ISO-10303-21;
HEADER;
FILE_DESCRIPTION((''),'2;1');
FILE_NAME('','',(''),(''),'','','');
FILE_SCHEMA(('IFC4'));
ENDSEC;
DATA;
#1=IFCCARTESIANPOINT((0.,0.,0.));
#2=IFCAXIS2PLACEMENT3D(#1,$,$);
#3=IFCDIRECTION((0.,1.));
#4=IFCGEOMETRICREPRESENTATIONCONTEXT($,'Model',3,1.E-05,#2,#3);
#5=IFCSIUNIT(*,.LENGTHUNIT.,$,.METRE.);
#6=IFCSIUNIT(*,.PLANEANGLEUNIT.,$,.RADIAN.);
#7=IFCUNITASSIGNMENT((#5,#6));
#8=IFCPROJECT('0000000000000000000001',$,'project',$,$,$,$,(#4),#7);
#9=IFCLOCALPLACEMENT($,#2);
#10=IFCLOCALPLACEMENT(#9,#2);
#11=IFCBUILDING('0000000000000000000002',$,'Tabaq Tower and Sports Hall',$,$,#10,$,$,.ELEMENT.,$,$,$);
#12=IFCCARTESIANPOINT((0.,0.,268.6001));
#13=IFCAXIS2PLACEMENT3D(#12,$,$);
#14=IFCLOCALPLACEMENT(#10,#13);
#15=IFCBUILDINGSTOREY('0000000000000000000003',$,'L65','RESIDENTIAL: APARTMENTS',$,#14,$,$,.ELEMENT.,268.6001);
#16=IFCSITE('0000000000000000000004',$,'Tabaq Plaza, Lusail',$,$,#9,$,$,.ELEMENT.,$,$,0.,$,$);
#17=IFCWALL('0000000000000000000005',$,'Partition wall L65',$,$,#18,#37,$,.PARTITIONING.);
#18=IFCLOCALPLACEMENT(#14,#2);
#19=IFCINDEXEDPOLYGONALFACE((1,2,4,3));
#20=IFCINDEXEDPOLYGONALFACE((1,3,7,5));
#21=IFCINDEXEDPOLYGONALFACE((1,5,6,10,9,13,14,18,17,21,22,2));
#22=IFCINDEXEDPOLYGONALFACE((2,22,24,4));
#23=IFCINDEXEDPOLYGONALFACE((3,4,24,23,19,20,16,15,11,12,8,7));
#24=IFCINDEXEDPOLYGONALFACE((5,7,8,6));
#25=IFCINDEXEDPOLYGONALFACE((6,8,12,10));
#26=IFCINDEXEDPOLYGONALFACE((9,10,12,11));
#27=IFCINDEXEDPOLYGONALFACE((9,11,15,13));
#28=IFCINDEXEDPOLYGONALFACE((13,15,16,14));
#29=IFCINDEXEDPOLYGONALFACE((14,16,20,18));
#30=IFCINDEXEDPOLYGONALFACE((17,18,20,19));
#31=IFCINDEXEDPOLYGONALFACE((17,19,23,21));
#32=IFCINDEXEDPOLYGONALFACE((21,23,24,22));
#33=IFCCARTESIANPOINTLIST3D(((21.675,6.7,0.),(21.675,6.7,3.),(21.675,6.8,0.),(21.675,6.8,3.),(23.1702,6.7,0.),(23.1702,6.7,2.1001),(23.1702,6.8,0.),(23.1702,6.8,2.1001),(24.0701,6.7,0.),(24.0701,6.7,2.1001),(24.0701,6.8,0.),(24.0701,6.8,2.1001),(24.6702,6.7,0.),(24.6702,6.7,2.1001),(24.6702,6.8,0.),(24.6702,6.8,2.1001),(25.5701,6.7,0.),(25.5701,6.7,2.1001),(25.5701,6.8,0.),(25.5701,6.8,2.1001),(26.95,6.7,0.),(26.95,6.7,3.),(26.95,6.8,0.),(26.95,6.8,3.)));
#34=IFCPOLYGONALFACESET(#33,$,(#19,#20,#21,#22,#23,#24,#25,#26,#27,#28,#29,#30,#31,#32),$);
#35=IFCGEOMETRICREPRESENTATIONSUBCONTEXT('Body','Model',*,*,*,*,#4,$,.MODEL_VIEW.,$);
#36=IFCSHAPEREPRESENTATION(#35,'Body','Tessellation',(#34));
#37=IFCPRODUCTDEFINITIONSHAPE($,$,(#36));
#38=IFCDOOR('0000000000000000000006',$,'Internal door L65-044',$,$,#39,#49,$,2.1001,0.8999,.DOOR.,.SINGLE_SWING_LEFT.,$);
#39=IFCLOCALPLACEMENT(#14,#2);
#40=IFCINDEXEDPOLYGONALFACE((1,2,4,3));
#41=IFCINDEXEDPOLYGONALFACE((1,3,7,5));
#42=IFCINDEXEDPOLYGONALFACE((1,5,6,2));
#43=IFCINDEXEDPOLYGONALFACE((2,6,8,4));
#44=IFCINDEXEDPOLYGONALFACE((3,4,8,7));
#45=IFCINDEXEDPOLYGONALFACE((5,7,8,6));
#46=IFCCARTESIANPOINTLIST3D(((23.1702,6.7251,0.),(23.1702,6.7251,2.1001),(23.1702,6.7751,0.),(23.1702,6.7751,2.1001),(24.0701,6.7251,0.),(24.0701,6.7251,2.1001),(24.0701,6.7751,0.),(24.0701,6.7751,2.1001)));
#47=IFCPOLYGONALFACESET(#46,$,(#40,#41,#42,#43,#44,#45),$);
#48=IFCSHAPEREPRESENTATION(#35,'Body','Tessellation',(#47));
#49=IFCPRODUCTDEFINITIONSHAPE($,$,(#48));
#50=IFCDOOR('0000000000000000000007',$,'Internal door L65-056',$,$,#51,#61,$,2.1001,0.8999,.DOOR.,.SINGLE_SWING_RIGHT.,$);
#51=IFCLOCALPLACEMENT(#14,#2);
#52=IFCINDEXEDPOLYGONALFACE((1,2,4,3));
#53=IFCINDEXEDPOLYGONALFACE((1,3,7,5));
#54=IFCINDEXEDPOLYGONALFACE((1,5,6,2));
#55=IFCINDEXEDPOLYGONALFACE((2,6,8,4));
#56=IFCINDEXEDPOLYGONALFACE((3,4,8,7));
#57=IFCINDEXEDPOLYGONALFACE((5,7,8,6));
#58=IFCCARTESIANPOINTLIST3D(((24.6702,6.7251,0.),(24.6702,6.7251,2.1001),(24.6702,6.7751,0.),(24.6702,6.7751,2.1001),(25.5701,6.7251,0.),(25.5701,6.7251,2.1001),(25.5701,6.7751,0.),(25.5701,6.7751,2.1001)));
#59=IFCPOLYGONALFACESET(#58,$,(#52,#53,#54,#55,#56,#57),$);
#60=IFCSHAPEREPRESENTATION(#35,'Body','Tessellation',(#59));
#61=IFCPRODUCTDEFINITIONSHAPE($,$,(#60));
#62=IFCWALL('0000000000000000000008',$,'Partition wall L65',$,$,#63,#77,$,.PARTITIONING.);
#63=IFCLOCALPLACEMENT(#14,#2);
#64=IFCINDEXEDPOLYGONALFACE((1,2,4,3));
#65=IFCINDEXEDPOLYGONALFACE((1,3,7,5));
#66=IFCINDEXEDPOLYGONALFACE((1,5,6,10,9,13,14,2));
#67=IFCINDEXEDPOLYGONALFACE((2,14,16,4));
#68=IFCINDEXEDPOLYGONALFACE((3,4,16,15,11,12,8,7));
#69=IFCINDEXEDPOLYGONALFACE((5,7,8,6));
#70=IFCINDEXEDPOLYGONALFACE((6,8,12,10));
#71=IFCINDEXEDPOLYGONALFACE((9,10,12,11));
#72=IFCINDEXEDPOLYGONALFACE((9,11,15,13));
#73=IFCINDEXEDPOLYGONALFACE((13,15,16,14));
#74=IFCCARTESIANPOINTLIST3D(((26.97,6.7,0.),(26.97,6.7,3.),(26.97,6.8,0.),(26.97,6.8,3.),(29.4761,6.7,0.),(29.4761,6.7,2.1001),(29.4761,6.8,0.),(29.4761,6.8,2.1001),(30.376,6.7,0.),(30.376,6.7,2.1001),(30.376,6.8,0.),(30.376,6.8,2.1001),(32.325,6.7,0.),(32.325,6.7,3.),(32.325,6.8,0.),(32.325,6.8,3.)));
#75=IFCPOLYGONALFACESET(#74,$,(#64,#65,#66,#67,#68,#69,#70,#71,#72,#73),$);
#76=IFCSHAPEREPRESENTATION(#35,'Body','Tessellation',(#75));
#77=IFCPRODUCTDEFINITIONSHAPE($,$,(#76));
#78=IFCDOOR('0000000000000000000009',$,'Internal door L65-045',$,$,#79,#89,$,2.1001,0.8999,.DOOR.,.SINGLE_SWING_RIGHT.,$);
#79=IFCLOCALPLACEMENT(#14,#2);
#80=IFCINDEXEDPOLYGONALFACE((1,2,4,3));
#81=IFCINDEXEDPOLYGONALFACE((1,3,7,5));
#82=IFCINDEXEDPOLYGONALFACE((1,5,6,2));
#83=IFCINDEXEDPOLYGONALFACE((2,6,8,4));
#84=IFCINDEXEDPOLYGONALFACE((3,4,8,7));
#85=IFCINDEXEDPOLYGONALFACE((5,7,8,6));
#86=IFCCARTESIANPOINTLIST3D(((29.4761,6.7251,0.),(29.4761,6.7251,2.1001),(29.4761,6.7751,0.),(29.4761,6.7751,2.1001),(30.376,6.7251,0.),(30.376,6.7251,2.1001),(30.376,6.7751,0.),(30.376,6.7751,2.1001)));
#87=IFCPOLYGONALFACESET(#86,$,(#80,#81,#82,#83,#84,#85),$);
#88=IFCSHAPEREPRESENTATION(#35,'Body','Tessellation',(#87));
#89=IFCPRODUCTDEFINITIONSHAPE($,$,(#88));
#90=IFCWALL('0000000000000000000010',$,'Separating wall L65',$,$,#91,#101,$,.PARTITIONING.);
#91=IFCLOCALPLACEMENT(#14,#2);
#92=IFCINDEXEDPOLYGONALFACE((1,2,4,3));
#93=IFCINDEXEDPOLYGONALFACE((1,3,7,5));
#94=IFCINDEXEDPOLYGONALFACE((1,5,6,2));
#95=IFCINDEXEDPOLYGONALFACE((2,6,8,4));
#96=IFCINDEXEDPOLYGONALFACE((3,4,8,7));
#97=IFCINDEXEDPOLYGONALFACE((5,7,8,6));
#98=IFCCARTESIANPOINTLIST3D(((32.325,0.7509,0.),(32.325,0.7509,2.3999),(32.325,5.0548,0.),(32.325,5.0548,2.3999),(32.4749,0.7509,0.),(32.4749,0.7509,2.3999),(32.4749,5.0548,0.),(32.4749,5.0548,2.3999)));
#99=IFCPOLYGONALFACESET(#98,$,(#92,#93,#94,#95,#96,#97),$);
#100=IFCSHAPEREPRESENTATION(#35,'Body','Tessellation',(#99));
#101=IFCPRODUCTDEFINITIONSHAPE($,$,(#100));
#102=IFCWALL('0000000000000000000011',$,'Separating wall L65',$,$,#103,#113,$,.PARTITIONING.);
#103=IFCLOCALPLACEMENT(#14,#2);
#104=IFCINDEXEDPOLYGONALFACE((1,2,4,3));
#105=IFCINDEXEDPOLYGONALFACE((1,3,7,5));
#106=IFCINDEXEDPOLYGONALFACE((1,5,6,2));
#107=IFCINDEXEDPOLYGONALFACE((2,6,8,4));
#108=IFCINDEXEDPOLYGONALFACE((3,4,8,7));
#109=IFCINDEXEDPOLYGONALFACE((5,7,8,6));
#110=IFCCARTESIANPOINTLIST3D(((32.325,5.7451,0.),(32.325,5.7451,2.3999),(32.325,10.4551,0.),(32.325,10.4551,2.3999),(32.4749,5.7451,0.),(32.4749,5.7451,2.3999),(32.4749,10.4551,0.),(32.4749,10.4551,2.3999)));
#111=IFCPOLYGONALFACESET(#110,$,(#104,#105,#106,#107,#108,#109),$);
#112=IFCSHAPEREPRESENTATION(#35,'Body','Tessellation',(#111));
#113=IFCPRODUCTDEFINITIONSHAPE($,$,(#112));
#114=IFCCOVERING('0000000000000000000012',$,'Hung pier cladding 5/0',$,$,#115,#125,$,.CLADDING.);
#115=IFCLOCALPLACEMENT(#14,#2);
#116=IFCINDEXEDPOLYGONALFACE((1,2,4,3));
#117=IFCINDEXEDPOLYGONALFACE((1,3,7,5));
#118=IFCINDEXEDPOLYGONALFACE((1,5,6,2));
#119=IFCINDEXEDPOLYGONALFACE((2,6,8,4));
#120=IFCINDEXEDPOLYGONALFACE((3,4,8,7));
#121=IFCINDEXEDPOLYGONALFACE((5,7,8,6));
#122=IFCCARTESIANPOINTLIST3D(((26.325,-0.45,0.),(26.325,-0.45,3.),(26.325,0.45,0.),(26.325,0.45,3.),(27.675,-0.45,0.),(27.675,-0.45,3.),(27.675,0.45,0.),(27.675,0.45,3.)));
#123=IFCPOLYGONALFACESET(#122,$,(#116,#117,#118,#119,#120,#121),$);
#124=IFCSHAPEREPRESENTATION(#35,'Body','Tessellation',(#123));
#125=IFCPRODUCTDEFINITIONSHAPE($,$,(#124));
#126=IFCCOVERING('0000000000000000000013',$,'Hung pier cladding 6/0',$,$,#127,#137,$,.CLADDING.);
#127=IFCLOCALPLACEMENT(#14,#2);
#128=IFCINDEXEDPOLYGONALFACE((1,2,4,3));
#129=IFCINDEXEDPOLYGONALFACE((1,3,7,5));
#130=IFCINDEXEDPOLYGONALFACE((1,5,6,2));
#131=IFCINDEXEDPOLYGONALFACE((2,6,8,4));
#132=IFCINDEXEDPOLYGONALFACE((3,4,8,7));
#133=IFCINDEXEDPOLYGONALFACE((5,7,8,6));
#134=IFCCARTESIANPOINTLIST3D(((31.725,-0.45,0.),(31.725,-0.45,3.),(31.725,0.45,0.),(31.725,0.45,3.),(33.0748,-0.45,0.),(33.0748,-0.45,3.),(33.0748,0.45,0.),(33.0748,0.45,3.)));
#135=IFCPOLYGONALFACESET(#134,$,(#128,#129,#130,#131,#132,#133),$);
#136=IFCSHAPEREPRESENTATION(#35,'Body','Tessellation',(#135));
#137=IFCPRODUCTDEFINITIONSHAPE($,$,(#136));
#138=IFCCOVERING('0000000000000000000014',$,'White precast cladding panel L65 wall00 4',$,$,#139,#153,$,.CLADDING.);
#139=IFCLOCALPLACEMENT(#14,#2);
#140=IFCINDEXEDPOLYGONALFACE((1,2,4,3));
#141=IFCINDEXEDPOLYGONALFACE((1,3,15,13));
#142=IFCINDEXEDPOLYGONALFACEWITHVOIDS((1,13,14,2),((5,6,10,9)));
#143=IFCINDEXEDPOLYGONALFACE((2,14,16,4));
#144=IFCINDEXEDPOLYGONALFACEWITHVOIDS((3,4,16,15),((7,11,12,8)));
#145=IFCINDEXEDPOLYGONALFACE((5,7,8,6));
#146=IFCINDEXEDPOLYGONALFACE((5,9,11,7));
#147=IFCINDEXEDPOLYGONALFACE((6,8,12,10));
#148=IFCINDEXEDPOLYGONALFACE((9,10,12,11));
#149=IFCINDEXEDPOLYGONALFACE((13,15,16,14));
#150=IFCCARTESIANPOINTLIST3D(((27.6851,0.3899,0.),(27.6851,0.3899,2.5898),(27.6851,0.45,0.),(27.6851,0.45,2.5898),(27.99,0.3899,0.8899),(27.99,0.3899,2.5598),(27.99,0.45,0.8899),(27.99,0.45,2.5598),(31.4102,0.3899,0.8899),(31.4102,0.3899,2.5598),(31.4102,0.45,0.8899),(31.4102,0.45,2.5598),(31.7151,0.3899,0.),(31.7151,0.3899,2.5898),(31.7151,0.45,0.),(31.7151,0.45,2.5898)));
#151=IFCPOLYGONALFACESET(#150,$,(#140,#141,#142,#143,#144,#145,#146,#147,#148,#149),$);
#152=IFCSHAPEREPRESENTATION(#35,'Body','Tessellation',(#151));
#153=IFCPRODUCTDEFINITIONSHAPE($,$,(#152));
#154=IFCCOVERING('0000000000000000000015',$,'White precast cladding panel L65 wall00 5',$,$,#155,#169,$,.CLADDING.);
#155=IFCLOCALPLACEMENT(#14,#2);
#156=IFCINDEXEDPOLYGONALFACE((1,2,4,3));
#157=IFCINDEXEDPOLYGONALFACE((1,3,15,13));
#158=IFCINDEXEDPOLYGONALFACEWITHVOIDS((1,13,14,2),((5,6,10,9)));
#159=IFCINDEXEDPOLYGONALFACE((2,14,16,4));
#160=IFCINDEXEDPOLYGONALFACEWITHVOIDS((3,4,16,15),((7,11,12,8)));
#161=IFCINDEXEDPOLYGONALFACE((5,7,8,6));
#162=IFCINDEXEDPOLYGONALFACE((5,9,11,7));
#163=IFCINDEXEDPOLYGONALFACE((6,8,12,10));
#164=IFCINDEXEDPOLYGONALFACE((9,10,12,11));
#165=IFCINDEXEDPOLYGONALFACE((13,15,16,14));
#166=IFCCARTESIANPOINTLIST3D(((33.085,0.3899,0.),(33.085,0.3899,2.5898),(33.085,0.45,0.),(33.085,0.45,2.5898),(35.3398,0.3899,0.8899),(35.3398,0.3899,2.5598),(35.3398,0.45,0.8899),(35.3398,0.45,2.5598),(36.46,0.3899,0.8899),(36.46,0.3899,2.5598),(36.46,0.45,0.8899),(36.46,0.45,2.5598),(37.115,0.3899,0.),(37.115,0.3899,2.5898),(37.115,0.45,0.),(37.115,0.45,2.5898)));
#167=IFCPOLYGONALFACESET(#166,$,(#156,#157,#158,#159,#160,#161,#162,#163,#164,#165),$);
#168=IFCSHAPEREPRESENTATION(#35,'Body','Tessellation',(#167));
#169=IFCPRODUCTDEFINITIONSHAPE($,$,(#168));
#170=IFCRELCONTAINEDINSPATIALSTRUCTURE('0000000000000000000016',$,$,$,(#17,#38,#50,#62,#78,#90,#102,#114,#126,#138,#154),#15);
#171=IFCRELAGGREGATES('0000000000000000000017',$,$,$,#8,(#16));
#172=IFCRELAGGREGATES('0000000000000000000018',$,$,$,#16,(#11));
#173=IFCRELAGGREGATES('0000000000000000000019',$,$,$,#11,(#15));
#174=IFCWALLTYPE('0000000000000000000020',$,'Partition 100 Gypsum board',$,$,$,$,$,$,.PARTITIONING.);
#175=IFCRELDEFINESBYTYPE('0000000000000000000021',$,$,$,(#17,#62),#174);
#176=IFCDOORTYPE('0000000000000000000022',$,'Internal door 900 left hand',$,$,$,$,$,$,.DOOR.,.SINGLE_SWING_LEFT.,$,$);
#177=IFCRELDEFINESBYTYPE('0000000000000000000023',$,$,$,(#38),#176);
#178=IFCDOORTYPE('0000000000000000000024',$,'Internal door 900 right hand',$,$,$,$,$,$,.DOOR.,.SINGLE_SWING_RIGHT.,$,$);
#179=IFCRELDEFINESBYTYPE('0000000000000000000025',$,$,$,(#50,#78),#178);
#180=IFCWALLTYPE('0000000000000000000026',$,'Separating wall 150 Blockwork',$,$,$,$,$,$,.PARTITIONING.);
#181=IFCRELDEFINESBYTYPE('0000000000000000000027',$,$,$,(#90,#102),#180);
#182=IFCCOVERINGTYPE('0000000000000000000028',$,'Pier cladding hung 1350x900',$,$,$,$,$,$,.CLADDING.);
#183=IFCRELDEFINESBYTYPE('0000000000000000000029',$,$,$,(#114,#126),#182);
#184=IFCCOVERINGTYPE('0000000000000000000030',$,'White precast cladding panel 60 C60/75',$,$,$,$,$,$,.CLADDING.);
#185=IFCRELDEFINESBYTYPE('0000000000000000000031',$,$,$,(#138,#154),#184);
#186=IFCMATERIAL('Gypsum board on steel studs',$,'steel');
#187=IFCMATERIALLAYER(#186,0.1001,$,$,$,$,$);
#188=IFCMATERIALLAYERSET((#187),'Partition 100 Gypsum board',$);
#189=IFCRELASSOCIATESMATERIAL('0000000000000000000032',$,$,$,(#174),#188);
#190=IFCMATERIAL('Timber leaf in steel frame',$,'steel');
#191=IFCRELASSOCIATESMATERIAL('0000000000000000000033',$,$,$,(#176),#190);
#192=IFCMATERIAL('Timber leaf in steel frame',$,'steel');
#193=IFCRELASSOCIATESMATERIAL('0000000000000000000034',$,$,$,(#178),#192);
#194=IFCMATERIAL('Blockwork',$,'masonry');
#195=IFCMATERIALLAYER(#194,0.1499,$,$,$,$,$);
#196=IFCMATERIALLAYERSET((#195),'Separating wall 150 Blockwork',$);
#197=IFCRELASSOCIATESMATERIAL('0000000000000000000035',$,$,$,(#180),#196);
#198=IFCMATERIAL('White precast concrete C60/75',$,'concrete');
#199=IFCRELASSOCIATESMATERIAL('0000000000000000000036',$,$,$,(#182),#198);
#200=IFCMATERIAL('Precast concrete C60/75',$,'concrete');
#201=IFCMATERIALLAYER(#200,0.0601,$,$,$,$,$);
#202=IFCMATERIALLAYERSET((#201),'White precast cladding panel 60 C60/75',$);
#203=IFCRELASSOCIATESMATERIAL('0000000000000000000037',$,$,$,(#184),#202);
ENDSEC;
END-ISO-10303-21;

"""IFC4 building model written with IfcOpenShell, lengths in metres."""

from ifc_helpers import new_model, si_unit, direction, frame, frame_2d, origin, place, context, subcontext, project, spatial, polyline, rectangle, outline, extrude, material, layer, layer_set, type_object, element, fill, save


model = new_model("IFC4")

# Units and contexts
model_context = context("Model", 3, precision=1e-05, world=origin(), true_north=direction((0.0, 1.0)))
body_context = subcontext(model_context, "Body", "Model", "MODEL_VIEW")
ifc_project = project(units=[si_unit("LENGTHUNIT", "METRE"), si_unit("PLANEANGLEUNIT", "RADIAN")], contexts=[model_context])

# Site, building, storey
site_placement = place(None, origin())
site = spatial("IfcSite", under=ifc_project, at=site_placement, Name="Tabaq Plaza, Lusail", CompositionType="ELEMENT", RefElevation=0.0)
building_placement = place(site_placement, origin())
building = spatial("IfcBuilding", under=site, at=building_placement, Name="Tabaq Tower and Sports Hall", CompositionType="ELEMENT")
storey_placement = place(building_placement, frame((0.0, 0.0, 268.6001)))
storey = spatial("IfcBuildingStorey", under=building, at=storey_placement, Name="L65", Description="RESIDENTIAL: APARTMENTS", CompositionType="ELEMENT", Elevation=268.6001)

# Shared definitions
ifc_material_1 = material(Name="Gypsum board on steel studs", Category="steel")
ifc_layer_1 = layer(ifc_material_1, 0.1001)
ifc_layer_set_1 = layer_set([ifc_layer_1], Name="Partition 100 Gypsum board")
wall_type_1 = type_object("IfcWallType", Name="Partition 100 Gypsum board", PredefinedType="PARTITIONING", material=ifc_layer_set_1)
ifc_material_2 = material(Name="Timber leaf in steel frame", Category="steel")
door_type_1 = type_object("IfcDoorType", Name="Internal door 900 left hand", OperationType="SINGLE_SWING_LEFT", PredefinedType="DOOR", material=ifc_material_2)

# Wall, openings, doors
wall_1_placement = place(storey_placement, frame((26.95, 6.75, 0.0), z_axis=(0.0, 0.0, 1.0), x_axis=(-1.0, 0.0, 0.0)))
wall_1 = element("IfcWall", 1, at=wall_1_placement, inside=storey, type_object=wall_type_1, Name="Partition wall L65", PredefinedType="PARTITIONING", context=body_context, shape_type="SweptSolid", body=[
    extrude(rectangle(XDim=5.2749, YDim=0.1001, at=frame_2d((2.6375, 0.0))), origin(), (0.0, 0.0, 1.0), 3.0),
])
opening_1_placement = place(wall_1_placement, frame((2.8799, 0.0, 0.0)))
opening_1 = element("IfcOpeningElement", 2, at=opening_1_placement, cuts=wall_1, PredefinedType="OPENING", context=body_context, shape_type="SweptSolid", body=[
    extrude(rectangle(XDim=0.8999, YDim=2.1001, at=frame_2d((0.45, 1.05))), frame((0.0, 0.05, 0.0), z_axis=(0.0, -1.0, 0.0), x_axis=(1.0, 0.0, 0.0)), (0.0, 0.0, 1.0), 0.1001),
])
opening_2_placement = place(wall_1_placement, frame((1.3799, 0.0, 0.0)))
opening_2 = element("IfcOpeningElement", 3, at=opening_2_placement, cuts=wall_1, PredefinedType="OPENING", context=body_context, shape_type="SweptSolid", body=[
    extrude(rectangle(XDim=0.8999, YDim=2.1001, at=frame_2d((0.45, 1.05))), frame((0.0, 0.05, 0.0), z_axis=(0.0, -1.0, 0.0), x_axis=(1.0, 0.0, 0.0)), (0.0, 0.0, 1.0), 0.1001),
])
door_1_placement = place(opening_1_placement, origin())
door_1 = element("IfcDoor", 4, at=door_1_placement, inside=storey, type_object=door_type_1, Name="Internal door L65-044", OperationType="SINGLE_SWING_LEFT", OverallHeight=2.1001, OverallWidth=0.8999, PredefinedType="DOOR", context=body_context, shape_type="SweptSolid", body=[
    extrude(rectangle(XDim=0.8999, YDim=2.1001, at=frame_2d((0.45, 1.05))), frame((0.0, 0.0249, 0.0), z_axis=(0.0, -1.0, 0.0), x_axis=(1.0, 0.0, 0.0)), (0.0, 0.0, 1.0), 0.05),
])
fill(opening_1, door_1)
ifc_material_3 = material(Name="Timber leaf in steel frame", Category="steel")
door_type_2 = type_object("IfcDoorType", Name="Internal door 900 right hand", OperationType="SINGLE_SWING_RIGHT", PredefinedType="DOOR", material=ifc_material_3)
door_2_placement = place(opening_2_placement, origin())
door_2 = element("IfcDoor", 5, at=door_2_placement, inside=storey, type_object=door_type_2, Name="Internal door L65-056", OperationType="SINGLE_SWING_RIGHT", OverallHeight=2.1001, OverallWidth=0.8999, PredefinedType="DOOR", context=body_context, shape_type="SweptSolid", body=[
    extrude(rectangle(XDim=0.8999, YDim=2.1001, at=frame_2d((0.45, 1.05))), frame((0.0, 0.0249, 0.0), z_axis=(0.0, -1.0, 0.0), x_axis=(1.0, 0.0, 0.0)), (0.0, 0.0, 1.0), 0.05),
])
fill(opening_2, door_2)

# Wall, opening, door
wall_2_placement = place(storey_placement, frame((32.325, 6.75, 0.0), z_axis=(0.0, 0.0, 1.0), x_axis=(-1.0, 0.0, 0.0)))
wall_2 = element("IfcWall", 6, at=wall_2_placement, inside=storey, type_object=wall_type_1, Name="Partition wall L65", PredefinedType="PARTITIONING", context=body_context, shape_type="SweptSolid", body=[
    extrude(rectangle(XDim=5.355, YDim=0.1001, at=frame_2d((2.6775, 0.0))), origin(), (0.0, 0.0, 1.0), 3.0),
])
opening_3_placement = place(wall_2_placement, frame((1.949, 0.0, 0.0)))
opening_3 = element("IfcOpeningElement", 7, at=opening_3_placement, cuts=wall_2, PredefinedType="OPENING", context=body_context, shape_type="SweptSolid", body=[
    extrude(rectangle(XDim=0.8999, YDim=2.1001, at=frame_2d((0.45, 1.05))), frame((0.0, 0.05, 0.0), z_axis=(0.0, -1.0, 0.0), x_axis=(1.0, 0.0, 0.0)), (0.0, 0.0, 1.0), 0.1001),
])
door_3_placement = place(opening_3_placement, origin())
door_3 = element("IfcDoor", 8, at=door_3_placement, inside=storey, type_object=door_type_2, Name="Internal door L65-045", OperationType="SINGLE_SWING_RIGHT", OverallHeight=2.1001, OverallWidth=0.8999, PredefinedType="DOOR", context=body_context, shape_type="SweptSolid", body=[
    extrude(rectangle(XDim=0.8999, YDim=2.1001, at=frame_2d((0.45, 1.05))), frame((0.0, 0.0249, 0.0), z_axis=(0.0, -1.0, 0.0), x_axis=(1.0, 0.0, 0.0)), (0.0, 0.0, 1.0), 0.05),
])
fill(opening_3, door_3)

# Walls
ifc_material_4 = material(Name="Blockwork", Category="masonry")
ifc_layer_2 = layer(ifc_material_4, 0.1499)
ifc_layer_set_2 = layer_set([ifc_layer_2], Name="Separating wall 150 Blockwork")
wall_type_2 = type_object("IfcWallType", Name="Separating wall 150 Blockwork", PredefinedType="PARTITIONING", material=ifc_layer_set_2)
wall_3_placement = place(storey_placement, frame((32.3999, 0.751, 0.0), z_axis=(0.0, 0.0, 1.0), x_axis=(0.0, 1.0, 0.0)))
element("IfcWall", 9, at=wall_3_placement, inside=storey, type_object=wall_type_2, Name="Separating wall L65", PredefinedType="PARTITIONING", context=body_context, shape_type="SweptSolid", body=[
    extrude(rectangle(XDim=4.304, YDim=0.1499, at=frame_2d((2.1519, 0.0))), origin(), (0.0, 0.0, 1.0), 2.3999),
])
wall_4_placement = place(storey_placement, frame((32.3999, 5.7451, 0.0), z_axis=(0.0, 0.0, 1.0), x_axis=(0.0, 1.0, 0.0)))
element("IfcWall", 10, at=wall_4_placement, inside=storey, type_object=wall_type_2, Name="Separating wall L65", PredefinedType="PARTITIONING", context=body_context, shape_type="SweptSolid", body=[
    extrude(rectangle(XDim=4.71, YDim=0.1499, at=frame_2d((2.355, 0.0))), origin(), (0.0, 0.0, 1.0), 2.3999),
])

# Coverings
ifc_material_5 = material(Name="White precast concrete C60/75", Category="concrete")
covering_type_1 = type_object("IfcCoveringType", Name="Pier cladding hung 1350x900", PredefinedType="CLADDING", material=ifc_material_5)
covering_1_placement = place(storey_placement, frame((26.325, 0.0, 0.0), z_axis=(0.0, 0.0, 1.0), x_axis=(1.0, 0.0, 0.0)))
element("IfcCovering", 11, at=covering_1_placement, inside=storey, type_object=covering_type_1, Name="Hung pier cladding 5/0", PredefinedType="CLADDING", context=body_context, shape_type="SweptSolid", body=[
    extrude(rectangle(XDim=1.3501, YDim=0.8999, at=frame_2d((0.675, 0.0))), origin(), (0.0, 0.0, 1.0), 3.0),
])
covering_2_placement = place(storey_placement, frame((31.7251, 0.0, 0.0), z_axis=(0.0, 0.0, 1.0), x_axis=(1.0, 0.0, 0.0)))
element("IfcCovering", 12, at=covering_2_placement, inside=storey, type_object=covering_type_1, Name="Hung pier cladding 6/0", PredefinedType="CLADDING", context=body_context, shape_type="SweptSolid", body=[
    extrude(rectangle(XDim=1.3499, YDim=0.8999, at=frame_2d((0.6748, 0.0))), origin(), (0.0, 0.0, 1.0), 3.0),
])
ifc_material_6 = material(Name="Precast concrete C60/75", Category="concrete")
ifc_layer_3 = layer(ifc_material_6, 0.0601)
ifc_layer_set_3 = layer_set([ifc_layer_3], Name="White precast cladding panel 60 C60/75")
covering_type_2 = type_object("IfcCoveringType", Name="White precast cladding panel 60 C60/75", PredefinedType="CLADDING", material=ifc_layer_set_3)
covering_3_placement = place(storey_placement, frame((27.6851, 0.4199, 0.0), z_axis=(0.0, 0.0, 1.0), x_axis=(1.0, 0.0, 0.0)))
element("IfcCovering", 13, at=covering_3_placement, inside=storey, type_object=covering_type_2, Name="White precast cladding panel L65 wall00 4", PredefinedType="CLADDING", context=body_context, shape_type="SweptSolid", body=[
    extrude(outline(polyline([(0.0, 0.0), (4.03, 0.0), (4.03, 2.5898), (0.0, 2.5898), (0.0, 0.0)]), holes=[polyline([(3.7251, 0.8899), (0.3049, 0.8899), (0.3049, 2.5598), (3.7251, 2.5598), (3.7251, 0.8899)])]), frame((0.0, 0.03, 0.0), z_axis=(0.0, -1.0, 0.0), x_axis=(1.0, 0.0, 0.0)), (0.0, 0.0, 1.0), 0.0601),
])
covering_4_placement = place(storey_placement, frame((33.085, 0.4199, 0.0), z_axis=(0.0, 0.0, 1.0), x_axis=(1.0, 0.0, 0.0)))
element("IfcCovering", 14, at=covering_4_placement, inside=storey, type_object=covering_type_2, Name="White precast cladding panel L65 wall00 5", PredefinedType="CLADDING", context=body_context, shape_type="SweptSolid", body=[
    extrude(outline(polyline([(0.0, 0.0), (4.03, 0.0), (4.03, 2.5898), (0.0, 2.5898), (0.0, 0.0)]), holes=[polyline([(3.375, 0.8899), (2.2549, 0.8899), (2.2549, 2.5598), (3.375, 2.5598), (3.375, 0.8899)])]), frame((0.0, 0.03, 0.0), z_axis=(0.0, -1.0, 0.0), x_axis=(1.0, 0.0, 0.0)), (0.0, 0.0, 1.0), 0.0601),
])

save(model, "model.ifc")
